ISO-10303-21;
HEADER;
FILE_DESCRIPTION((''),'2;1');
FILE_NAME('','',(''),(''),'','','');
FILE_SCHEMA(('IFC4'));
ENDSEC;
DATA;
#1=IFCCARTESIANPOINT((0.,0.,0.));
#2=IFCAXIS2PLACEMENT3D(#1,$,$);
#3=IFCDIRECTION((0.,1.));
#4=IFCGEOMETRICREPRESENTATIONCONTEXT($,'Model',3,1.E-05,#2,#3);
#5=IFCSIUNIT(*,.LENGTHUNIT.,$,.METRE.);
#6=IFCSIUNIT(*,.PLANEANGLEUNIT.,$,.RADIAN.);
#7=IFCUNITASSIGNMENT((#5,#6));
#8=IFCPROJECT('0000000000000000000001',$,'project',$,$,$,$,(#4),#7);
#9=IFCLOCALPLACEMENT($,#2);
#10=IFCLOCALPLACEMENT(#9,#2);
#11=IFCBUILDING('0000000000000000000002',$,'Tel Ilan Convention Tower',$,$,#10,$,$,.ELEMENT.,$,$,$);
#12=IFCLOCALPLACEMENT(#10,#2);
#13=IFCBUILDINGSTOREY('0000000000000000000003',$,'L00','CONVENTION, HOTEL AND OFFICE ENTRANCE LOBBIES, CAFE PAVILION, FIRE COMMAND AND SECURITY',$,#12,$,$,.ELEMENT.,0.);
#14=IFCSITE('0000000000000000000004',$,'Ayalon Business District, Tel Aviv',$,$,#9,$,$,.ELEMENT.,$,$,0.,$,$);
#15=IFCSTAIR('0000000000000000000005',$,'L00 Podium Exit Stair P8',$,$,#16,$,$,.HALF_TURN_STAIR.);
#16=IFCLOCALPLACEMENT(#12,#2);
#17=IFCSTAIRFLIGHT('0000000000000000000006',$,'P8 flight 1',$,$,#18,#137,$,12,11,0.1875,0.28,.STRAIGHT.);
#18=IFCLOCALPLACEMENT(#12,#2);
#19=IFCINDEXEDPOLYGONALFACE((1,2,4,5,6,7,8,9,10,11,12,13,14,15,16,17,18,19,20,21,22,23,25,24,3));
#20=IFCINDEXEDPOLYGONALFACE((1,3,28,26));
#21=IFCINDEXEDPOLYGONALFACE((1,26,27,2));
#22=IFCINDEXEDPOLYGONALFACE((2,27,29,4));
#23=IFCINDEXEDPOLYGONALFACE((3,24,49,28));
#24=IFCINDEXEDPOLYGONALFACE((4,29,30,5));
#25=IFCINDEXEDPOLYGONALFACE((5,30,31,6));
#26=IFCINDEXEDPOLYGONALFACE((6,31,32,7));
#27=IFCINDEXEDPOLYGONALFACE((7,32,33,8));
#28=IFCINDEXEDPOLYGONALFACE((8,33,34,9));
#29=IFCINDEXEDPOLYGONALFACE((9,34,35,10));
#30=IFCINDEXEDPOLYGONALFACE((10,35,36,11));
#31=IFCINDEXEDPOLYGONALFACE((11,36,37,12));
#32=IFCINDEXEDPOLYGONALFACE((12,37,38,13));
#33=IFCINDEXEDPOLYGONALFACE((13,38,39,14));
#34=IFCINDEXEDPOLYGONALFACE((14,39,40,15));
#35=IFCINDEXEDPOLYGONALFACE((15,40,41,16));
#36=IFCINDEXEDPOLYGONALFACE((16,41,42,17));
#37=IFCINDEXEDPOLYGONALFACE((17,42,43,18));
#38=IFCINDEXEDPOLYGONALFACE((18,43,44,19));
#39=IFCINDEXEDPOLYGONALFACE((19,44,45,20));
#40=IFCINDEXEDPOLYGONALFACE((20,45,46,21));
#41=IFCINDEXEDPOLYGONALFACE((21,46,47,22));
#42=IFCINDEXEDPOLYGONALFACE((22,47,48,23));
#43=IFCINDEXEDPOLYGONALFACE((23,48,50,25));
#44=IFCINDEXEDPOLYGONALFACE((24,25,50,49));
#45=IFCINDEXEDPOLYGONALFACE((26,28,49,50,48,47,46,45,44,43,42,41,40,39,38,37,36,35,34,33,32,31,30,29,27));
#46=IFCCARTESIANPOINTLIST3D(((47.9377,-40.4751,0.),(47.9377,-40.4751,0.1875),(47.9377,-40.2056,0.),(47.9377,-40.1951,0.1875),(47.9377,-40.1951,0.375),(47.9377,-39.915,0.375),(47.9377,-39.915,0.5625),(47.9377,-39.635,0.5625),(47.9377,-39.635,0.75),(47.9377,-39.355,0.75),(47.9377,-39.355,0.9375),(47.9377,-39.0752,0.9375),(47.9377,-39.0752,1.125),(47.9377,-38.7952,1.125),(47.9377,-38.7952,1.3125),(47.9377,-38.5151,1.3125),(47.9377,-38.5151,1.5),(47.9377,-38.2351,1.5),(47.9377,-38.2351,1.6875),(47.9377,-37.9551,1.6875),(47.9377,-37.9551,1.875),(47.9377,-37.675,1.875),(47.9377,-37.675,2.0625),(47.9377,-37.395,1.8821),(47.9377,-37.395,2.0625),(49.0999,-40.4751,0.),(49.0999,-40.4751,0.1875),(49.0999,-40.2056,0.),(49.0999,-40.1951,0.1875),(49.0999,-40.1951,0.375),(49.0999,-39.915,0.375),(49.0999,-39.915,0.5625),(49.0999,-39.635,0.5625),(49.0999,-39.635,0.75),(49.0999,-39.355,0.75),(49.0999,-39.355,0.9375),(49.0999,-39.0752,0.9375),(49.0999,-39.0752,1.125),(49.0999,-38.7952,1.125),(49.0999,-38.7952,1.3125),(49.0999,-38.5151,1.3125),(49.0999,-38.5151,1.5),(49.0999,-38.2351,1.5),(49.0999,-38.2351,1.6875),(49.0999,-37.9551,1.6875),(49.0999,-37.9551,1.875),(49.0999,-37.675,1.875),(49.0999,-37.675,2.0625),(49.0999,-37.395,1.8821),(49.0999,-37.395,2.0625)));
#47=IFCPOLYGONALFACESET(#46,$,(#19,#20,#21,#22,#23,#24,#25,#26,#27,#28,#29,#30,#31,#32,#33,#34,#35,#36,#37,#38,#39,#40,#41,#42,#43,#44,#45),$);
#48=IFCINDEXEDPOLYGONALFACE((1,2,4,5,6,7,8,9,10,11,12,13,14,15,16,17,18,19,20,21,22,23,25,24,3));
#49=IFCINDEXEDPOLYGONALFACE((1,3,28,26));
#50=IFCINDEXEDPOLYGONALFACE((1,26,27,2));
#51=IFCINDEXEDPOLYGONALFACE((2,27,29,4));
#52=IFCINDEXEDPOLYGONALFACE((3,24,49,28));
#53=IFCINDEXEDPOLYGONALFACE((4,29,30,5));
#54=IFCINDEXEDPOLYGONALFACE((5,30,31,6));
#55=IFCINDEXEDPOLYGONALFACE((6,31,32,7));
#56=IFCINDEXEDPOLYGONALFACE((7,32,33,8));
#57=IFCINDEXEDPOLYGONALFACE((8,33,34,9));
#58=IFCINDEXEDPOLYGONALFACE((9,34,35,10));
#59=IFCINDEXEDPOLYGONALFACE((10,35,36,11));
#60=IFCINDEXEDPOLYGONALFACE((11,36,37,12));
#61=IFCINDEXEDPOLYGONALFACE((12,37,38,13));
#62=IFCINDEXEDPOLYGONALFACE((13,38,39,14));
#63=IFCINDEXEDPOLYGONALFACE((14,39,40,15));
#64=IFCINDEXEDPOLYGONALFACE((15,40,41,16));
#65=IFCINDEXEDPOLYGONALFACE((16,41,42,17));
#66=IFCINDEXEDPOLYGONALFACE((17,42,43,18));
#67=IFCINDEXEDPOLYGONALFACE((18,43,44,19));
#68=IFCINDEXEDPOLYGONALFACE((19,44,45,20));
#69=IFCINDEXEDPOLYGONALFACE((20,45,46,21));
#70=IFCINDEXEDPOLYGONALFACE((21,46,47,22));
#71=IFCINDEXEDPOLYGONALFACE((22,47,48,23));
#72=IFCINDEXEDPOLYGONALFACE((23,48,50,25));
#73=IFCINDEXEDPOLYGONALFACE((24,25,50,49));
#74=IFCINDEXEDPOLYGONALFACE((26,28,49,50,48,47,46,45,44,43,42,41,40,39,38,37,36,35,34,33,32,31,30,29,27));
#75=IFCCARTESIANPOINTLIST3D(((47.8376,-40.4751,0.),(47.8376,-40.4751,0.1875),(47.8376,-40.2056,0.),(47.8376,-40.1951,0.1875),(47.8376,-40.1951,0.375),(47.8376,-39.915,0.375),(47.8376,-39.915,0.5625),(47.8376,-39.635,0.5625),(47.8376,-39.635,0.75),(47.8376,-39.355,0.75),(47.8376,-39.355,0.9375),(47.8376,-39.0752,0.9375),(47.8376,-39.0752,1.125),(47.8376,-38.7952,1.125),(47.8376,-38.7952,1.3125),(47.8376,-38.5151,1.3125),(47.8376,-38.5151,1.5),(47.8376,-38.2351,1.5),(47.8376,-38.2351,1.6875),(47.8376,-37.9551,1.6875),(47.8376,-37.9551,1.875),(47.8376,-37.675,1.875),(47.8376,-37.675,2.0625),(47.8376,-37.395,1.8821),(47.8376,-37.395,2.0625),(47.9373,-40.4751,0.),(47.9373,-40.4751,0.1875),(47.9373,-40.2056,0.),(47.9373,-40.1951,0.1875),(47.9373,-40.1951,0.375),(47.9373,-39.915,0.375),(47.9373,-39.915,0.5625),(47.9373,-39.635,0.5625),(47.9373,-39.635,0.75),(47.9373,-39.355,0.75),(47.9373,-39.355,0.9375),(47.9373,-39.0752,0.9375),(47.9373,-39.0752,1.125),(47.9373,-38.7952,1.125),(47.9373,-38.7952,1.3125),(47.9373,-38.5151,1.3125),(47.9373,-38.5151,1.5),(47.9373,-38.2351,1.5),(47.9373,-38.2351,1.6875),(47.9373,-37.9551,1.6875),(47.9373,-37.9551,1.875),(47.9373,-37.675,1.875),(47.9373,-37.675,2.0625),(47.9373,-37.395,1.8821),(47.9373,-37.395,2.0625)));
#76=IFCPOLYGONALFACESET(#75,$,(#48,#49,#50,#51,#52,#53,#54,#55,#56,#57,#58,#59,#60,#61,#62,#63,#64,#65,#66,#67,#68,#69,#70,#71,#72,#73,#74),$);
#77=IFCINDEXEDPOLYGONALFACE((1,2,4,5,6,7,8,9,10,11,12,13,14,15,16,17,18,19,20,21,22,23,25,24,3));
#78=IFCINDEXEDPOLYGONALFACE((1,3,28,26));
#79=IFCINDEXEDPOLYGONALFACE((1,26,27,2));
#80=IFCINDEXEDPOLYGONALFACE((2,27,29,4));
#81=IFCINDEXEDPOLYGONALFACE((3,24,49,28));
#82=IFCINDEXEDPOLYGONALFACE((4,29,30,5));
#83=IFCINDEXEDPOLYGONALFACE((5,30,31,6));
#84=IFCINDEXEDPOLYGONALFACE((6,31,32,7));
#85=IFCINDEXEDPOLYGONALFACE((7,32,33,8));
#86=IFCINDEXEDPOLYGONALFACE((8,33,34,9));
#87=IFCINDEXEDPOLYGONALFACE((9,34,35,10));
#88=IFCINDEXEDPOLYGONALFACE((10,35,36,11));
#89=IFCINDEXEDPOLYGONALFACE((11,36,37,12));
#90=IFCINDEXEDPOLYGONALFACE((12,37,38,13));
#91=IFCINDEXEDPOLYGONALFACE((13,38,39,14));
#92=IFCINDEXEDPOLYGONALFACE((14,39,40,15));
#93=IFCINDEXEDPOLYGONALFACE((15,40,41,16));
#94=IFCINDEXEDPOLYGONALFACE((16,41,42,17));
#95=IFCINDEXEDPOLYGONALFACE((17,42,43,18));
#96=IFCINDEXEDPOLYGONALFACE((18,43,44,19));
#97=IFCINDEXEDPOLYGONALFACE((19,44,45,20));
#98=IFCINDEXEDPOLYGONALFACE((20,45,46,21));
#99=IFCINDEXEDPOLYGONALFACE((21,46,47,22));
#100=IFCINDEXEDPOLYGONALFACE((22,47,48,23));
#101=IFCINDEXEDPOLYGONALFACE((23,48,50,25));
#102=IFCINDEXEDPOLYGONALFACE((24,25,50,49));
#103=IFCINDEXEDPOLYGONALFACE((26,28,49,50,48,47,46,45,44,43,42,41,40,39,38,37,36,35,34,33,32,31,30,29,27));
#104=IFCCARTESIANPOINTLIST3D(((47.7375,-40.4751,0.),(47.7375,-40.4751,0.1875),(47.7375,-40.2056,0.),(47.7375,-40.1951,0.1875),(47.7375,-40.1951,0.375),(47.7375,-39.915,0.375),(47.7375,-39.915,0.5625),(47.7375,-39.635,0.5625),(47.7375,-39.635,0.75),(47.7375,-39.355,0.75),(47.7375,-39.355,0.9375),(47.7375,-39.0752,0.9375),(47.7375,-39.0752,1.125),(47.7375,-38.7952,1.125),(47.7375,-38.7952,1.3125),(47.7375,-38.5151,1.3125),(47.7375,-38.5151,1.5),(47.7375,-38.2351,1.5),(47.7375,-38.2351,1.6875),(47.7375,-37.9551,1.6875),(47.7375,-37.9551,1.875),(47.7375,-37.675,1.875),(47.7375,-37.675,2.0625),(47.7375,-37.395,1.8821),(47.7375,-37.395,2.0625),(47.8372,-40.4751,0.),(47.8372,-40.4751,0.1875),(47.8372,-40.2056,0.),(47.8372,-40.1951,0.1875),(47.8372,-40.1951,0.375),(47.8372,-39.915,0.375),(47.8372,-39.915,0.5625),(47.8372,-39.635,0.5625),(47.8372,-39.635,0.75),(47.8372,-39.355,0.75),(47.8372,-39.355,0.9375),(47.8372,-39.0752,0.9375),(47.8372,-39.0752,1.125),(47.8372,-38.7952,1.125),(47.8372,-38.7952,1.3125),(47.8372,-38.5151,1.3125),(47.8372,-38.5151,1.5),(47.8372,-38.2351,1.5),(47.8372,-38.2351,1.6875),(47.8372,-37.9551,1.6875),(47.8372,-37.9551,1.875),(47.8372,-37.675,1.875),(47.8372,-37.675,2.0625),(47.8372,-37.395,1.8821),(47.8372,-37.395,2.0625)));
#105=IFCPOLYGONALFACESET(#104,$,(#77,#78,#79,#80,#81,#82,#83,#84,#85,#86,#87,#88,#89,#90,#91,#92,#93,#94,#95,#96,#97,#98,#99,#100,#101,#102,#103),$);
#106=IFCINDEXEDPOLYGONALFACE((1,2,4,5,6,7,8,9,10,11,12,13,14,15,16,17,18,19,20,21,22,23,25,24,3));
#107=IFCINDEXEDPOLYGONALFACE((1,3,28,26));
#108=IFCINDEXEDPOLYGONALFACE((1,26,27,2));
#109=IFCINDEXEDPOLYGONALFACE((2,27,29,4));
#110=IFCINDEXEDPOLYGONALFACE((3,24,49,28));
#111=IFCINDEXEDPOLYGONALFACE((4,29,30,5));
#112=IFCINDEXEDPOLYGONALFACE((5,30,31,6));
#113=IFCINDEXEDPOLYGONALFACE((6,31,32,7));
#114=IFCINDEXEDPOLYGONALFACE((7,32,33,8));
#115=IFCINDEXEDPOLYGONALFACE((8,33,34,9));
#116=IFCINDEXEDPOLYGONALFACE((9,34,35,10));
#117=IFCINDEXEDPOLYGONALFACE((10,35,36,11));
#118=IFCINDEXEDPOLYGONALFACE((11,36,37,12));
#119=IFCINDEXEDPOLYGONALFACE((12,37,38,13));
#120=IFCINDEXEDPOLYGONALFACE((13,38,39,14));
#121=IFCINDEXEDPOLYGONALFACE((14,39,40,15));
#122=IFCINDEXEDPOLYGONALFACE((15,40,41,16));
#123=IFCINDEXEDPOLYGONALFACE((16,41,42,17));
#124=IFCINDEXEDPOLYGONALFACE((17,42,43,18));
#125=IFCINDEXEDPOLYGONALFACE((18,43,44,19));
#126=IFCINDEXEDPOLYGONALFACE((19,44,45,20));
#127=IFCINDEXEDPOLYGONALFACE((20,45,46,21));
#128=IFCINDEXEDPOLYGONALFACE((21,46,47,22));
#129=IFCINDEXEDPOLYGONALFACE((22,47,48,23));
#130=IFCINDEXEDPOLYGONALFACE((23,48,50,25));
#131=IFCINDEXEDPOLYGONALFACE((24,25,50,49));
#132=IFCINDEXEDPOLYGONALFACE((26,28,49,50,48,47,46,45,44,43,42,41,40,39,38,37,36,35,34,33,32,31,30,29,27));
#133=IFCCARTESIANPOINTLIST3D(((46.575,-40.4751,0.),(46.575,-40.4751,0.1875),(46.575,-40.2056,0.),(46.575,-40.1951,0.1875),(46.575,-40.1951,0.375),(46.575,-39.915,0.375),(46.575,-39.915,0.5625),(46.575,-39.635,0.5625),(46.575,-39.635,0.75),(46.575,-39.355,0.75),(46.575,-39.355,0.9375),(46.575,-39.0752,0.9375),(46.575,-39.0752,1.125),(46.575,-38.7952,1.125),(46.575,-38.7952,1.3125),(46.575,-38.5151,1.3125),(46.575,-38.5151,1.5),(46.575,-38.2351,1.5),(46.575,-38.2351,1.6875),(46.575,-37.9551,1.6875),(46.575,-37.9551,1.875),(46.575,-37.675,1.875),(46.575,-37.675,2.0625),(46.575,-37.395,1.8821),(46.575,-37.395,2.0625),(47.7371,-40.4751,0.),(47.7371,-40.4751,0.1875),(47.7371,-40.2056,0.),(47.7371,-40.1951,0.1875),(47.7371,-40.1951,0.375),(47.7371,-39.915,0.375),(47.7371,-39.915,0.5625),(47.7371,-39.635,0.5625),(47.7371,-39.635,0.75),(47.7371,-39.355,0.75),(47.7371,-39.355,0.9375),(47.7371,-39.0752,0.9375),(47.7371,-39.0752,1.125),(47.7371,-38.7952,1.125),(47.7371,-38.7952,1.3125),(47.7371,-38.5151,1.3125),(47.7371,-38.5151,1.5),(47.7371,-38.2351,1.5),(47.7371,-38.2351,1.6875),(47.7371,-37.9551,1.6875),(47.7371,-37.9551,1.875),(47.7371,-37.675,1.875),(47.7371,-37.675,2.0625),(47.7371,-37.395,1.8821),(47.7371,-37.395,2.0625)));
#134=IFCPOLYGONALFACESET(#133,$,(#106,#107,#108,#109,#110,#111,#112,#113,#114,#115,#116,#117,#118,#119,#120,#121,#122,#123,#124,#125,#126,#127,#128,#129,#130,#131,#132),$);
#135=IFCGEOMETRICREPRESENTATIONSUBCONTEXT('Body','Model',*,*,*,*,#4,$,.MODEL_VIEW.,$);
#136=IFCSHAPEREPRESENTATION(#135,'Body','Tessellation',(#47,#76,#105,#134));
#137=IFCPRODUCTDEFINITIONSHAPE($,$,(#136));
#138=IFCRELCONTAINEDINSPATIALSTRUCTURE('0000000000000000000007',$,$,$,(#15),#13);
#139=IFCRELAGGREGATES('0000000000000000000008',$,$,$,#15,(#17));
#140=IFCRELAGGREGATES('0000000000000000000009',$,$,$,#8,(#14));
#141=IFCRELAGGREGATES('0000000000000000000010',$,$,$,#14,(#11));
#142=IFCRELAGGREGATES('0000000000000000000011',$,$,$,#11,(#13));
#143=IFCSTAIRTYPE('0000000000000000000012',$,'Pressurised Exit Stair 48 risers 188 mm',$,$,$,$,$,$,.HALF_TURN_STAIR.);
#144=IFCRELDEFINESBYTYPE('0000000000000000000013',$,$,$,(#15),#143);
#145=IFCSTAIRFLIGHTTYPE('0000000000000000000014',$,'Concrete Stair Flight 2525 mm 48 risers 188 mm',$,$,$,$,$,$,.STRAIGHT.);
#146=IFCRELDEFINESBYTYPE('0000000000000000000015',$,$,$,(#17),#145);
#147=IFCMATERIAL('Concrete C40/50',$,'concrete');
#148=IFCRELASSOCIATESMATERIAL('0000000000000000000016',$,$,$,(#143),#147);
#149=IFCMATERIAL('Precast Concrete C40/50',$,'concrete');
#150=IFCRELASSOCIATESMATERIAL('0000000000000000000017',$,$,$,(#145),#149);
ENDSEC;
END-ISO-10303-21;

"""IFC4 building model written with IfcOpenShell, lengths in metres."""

from ifc_helpers import new_model, si_unit, direction, frame, origin, place, context, subcontext, project, spatial, polyline, outline, extrude, material, type_object, element, aggregate, save


model = new_model("IFC4")

# Units and contexts
model_context = context("Model", 3, precision=1e-05, world=origin(), true_north=direction((0.0, 1.0)))
body_context = subcontext(model_context, "Body", "Model", "MODEL_VIEW")
ifc_project = project(units=[si_unit("LENGTHUNIT", "METRE"), si_unit("PLANEANGLEUNIT", "RADIAN")], contexts=[model_context])

# Site, building, storey
site_placement = place(None, origin())
site = spatial("IfcSite", under=ifc_project, at=site_placement, Name="Ayalon Business District, Tel Aviv", CompositionType="ELEMENT", RefElevation=0.0)
building_placement = place(site_placement, origin())
building = spatial("IfcBuilding", under=site, at=building_placement, Name="Tel Ilan Convention Tower", CompositionType="ELEMENT")
storey_placement = place(building_placement, origin())
storey = spatial("IfcBuildingStorey", under=building, at=storey_placement, Name="L00", Description="CONVENTION, HOTEL AND OFFICE ENTRANCE LOBBIES, CAFE PAVILION, FIRE COMMAND AND SECURITY", CompositionType="ELEMENT", Elevation=0.0)

# Stair, stair flight
ifc_material_1 = material(Name="Concrete C40/50", Category="concrete")
stair_type = type_object("IfcStairType", Name="Pressurised Exit Stair 48 risers 188 mm", PredefinedType="HALF_TURN_STAIR", material=ifc_material_1)
ifc_material_2 = material(Name="Precast Concrete C40/50", Category="concrete")
stair_flight_type = type_object("IfcStairFlightType", Name="Concrete Stair Flight 2525 mm 48 risers 188 mm", PredefinedType="STRAIGHT", material=ifc_material_2)
stair_1_placement = place(storey_placement, origin())
stair_1 = element("IfcStair", 1, at=stair_1_placement, inside=storey, type_object=stair_type, Name="L00 Podium Exit Stair P8", PredefinedType="HALF_TURN_STAIR")
stair_flight_1_placement = place(storey_placement, frame((47.8374, -40.4751, 0.0), z_axis=(0.0, 0.0, 1.0), x_axis=(0.0, 1.0, 0.0)))
stair_flight_1 = element("IfcStairFlight", 2, at=stair_flight_1_placement, type_object=stair_flight_type, Name="P8 flight 1", NumberOfRisers=12, NumberOfTreads=11, PredefinedType="STRAIGHT", RiserHeight=0.1875, TreadLength=0.28, context=body_context, shape_type="SweptSolid", body=[
    extrude(outline(polyline([(0.0, 0.0), (0.0, 0.1875), (0.28, 0.1875), (0.28, 0.375), (0.5601, 0.375), (0.5601, 0.5625), (0.8401, 0.5625), (0.8401, 0.75), (1.1201, 0.75), (1.1201, 0.9375), (1.3999, 0.9375), (1.3999, 1.125), (1.6799, 1.125), (1.6799, 1.3125), (1.96, 1.3125), (1.96, 1.5), (2.24, 1.5), (2.24, 1.6875), (2.52, 1.6875), (2.52, 1.875), (2.8, 1.875), (2.8, 2.0625), (3.0801, 2.0625), (3.0801, 2.25), (3.0801, 1.8821), (0.2695, 0.0), (0.0, 0.0)])), frame((0.0, -0.1003, 0.0), z_axis=(0.0, -1.0, 0.0), x_axis=(1.0, 0.0, 0.0)), (0.0, 0.0, 1.0), 1.1621),
    extrude(outline(polyline([(0.0, 0.0), (0.0, 0.1875), (0.28, 0.1875), (0.28, 0.375), (0.5601, 0.375), (0.5601, 0.5625), (0.8401, 0.5625), (0.8401, 0.75), (1.1201, 0.75), (1.1201, 0.9375), (1.3999, 0.9375), (1.3999, 1.125), (1.6799, 1.125), (1.6799, 1.3125), (1.96, 1.3125), (1.96, 1.5), (2.24, 1.5), (2.24, 1.6875), (2.52, 1.6875), (2.52, 1.875), (2.8, 1.875), (2.8, 2.0625), (3.0801, 2.0625), (3.0801, 2.25), (3.0801, 1.8821), (0.2695, 0.0), (0.0, 0.0)])), frame((0.0, -0.0002, 0.0), z_axis=(0.0, -1.0, 0.0), x_axis=(1.0, 0.0, 0.0)), (0.0, 0.0, 1.0), 0.0996),
    extrude(outline(polyline([(0.0, 0.0), (0.0, 0.1875), (0.28, 0.1875), (0.28, 0.375), (0.5601, 0.375), (0.5601, 0.5625), (0.8401, 0.5625), (0.8401, 0.75), (1.1201, 0.75), (1.1201, 0.9375), (1.3999, 0.9375), (1.3999, 1.125), (1.6799, 1.125), (1.6799, 1.3125), (1.96, 1.3125), (1.96, 1.5), (2.24, 1.5), (2.24, 1.6875), (2.52, 1.6875), (2.52, 1.875), (2.8, 1.875), (2.8, 2.0625), (3.0801, 2.0625), (3.0801, 2.25), (3.0801, 1.8821), (0.2695, 0.0), (0.0, 0.0)])), frame((0.0, 0.0999, 0.0), z_axis=(0.0, -1.0, 0.0), x_axis=(1.0, 0.0, 0.0)), (0.0, 0.0, 1.0), 0.0996),
    extrude(outline(polyline([(0.0, 0.0), (0.0, 0.1875), (0.28, 0.1875), (0.28, 0.375), (0.5601, 0.375), (0.5601, 0.5625), (0.8401, 0.5625), (0.8401, 0.75), (1.1201, 0.75), (1.1201, 0.9375), (1.3999, 0.9375), (1.3999, 1.125), (1.6799, 1.125), (1.6799, 1.3125), (1.96, 1.3125), (1.96, 1.5), (2.24, 1.5), (2.24, 1.6875), (2.52, 1.6875), (2.52, 1.875), (2.8, 1.875), (2.8, 2.0625), (3.0801, 2.0625), (3.0801, 2.25), (3.0801, 1.8821), (0.2695, 0.0), (0.0, 0.0)])), frame((0.0, 1.2625, 0.0), z_axis=(0.0, -1.0, 0.0), x_axis=(1.0, 0.0, 0.0)), (0.0, 0.0, 1.0), 1.1621),
])
aggregate(stair_1, [stair_flight_1])

save(model, "model.ifc")
